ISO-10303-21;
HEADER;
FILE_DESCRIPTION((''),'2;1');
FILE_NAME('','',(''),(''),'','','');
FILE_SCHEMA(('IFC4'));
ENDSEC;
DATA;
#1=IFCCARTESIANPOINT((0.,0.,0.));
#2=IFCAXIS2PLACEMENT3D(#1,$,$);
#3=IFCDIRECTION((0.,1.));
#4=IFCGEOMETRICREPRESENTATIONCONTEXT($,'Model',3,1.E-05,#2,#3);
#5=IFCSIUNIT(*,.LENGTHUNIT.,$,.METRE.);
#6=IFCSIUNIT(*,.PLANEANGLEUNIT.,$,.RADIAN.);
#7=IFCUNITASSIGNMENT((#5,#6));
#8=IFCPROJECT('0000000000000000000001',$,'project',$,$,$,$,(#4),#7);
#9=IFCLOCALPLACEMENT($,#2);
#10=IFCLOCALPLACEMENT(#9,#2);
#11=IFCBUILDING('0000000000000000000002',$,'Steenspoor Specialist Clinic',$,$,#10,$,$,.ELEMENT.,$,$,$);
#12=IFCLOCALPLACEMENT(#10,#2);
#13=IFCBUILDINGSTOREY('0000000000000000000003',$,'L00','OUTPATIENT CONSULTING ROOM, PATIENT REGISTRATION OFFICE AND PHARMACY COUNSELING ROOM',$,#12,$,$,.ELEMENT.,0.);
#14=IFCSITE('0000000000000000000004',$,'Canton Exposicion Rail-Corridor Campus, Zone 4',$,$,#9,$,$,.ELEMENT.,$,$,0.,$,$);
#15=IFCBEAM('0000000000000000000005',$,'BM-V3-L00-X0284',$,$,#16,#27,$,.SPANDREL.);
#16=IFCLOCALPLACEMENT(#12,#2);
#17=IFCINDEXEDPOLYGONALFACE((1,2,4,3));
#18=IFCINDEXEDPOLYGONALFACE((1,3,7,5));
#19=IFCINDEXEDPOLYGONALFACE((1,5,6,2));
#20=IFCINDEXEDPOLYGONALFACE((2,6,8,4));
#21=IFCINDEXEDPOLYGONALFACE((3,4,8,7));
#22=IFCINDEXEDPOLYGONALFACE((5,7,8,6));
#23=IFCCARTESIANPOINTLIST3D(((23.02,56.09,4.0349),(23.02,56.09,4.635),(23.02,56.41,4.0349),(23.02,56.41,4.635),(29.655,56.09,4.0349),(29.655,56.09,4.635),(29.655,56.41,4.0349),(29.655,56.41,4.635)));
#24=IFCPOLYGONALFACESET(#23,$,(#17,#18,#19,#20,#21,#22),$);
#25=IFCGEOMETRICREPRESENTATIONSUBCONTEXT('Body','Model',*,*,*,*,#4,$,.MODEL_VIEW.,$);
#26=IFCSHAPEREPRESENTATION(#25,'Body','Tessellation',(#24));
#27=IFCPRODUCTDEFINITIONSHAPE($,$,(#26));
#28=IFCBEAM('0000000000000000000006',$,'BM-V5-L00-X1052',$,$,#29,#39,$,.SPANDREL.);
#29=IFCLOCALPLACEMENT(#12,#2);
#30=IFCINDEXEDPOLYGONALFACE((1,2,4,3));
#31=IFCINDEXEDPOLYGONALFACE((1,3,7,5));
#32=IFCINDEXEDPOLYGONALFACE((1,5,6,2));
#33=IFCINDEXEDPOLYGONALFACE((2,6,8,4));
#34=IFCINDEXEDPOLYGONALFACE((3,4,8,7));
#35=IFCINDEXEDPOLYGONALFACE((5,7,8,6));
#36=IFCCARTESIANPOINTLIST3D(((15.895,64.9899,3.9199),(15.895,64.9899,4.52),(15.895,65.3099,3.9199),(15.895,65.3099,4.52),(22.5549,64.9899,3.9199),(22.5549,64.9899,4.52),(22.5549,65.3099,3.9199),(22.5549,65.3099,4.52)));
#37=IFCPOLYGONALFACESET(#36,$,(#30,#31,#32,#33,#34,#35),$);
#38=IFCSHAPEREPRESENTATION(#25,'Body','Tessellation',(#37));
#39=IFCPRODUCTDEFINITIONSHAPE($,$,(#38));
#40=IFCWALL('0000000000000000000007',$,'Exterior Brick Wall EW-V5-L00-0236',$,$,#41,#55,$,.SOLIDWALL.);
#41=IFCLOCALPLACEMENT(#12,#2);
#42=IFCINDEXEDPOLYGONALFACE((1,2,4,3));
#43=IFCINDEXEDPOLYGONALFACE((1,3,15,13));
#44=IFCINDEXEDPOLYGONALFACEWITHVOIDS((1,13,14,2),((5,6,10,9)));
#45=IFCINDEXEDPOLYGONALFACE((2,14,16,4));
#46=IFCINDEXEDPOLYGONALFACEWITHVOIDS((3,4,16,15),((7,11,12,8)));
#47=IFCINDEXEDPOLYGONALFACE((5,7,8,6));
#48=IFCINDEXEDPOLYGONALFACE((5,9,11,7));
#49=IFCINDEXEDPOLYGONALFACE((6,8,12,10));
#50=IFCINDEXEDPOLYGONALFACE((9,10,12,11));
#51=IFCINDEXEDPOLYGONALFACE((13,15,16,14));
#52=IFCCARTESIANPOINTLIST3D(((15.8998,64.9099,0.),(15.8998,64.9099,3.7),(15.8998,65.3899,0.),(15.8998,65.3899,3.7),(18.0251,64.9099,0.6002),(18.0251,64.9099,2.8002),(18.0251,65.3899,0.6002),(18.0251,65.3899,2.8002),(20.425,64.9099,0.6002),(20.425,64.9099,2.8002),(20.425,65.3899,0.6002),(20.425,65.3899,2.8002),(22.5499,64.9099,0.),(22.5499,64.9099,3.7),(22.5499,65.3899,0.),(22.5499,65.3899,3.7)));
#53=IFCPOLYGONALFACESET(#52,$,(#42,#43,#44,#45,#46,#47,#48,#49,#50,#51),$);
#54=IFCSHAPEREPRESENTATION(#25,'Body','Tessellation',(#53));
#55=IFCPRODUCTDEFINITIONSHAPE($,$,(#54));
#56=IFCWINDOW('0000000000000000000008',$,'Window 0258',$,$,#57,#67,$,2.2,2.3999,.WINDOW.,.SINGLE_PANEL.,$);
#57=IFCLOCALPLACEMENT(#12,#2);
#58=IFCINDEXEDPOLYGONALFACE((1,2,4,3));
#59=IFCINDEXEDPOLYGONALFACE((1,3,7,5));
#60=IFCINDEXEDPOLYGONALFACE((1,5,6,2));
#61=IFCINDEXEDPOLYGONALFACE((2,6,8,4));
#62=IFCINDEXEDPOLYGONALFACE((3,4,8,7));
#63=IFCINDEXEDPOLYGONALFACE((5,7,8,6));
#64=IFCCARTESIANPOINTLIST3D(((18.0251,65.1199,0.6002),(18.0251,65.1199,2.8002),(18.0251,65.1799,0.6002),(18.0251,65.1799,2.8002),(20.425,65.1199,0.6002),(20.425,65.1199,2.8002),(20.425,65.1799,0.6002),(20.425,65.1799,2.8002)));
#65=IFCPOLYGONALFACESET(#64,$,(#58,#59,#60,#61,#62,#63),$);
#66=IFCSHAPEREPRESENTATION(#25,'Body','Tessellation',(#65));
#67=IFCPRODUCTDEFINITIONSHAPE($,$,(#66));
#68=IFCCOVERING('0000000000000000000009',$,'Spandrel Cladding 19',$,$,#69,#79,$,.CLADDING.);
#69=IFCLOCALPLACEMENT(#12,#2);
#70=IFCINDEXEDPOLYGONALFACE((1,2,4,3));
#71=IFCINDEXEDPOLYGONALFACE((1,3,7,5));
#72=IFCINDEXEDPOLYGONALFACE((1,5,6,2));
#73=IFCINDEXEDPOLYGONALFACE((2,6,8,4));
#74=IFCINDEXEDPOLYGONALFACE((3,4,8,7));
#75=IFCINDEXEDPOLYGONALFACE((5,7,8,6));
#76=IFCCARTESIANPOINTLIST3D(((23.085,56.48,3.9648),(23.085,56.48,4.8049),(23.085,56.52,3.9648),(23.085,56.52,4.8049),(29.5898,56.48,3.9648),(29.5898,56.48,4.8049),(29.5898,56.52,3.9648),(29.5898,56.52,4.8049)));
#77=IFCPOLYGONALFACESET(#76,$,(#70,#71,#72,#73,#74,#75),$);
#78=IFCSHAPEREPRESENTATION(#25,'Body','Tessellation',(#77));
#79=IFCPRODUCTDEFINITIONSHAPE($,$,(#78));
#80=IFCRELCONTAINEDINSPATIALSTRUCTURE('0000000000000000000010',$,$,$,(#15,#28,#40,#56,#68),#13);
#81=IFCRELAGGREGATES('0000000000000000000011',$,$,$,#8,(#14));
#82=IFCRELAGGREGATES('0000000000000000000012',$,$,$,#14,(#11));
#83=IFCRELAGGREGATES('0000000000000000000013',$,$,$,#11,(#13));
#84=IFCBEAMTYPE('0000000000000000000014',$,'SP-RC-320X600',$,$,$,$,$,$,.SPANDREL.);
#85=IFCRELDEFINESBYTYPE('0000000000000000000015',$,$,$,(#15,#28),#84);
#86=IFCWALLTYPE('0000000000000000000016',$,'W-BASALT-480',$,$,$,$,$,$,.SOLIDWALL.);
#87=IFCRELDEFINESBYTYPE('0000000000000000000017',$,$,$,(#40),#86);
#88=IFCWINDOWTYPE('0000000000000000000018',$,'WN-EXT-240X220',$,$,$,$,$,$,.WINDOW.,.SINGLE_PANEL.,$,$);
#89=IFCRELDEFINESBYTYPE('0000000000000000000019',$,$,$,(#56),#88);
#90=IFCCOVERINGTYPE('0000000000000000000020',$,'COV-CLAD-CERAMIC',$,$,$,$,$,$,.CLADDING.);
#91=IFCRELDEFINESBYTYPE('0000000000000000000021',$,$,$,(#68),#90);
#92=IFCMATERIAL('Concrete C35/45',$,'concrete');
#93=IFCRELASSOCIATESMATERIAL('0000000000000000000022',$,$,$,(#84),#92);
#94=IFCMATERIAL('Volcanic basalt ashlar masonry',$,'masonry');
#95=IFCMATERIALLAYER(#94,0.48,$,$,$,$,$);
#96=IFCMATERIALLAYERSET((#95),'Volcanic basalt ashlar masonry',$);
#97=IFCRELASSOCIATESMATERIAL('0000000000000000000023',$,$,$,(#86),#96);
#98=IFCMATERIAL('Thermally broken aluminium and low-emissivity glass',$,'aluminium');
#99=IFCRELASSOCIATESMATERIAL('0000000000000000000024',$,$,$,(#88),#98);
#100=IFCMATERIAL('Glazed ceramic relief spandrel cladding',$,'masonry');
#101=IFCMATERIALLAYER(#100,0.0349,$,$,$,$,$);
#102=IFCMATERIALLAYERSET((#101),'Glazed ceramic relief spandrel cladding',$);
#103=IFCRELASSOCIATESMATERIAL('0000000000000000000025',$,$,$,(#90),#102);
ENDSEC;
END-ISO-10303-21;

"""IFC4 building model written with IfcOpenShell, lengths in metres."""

from ifc_helpers import new_model, si_unit, direction, frame, frame_2d, origin, origin_2d, place, context, subcontext, project, spatial, rectangle, extrude, material, layer, layer_set, material_profile, profile_set, type_object, element, fill, save


model = new_model("IFC4")

# Units and contexts
model_context = context("Model", 3, precision=1e-05, world=origin(), true_north=direction((0.0, 1.0)))
body_context = subcontext(model_context, "Body", "Model", "MODEL_VIEW")
ifc_project = project(units=[si_unit("LENGTHUNIT", "METRE"), si_unit("PLANEANGLEUNIT", "RADIAN")], contexts=[model_context])

# Site, building, storey
site_placement = place(None, origin())
site = spatial("IfcSite", under=ifc_project, at=site_placement, Name="Canton Exposicion Rail-Corridor Campus, Zone 4", CompositionType="ELEMENT", RefElevation=0.0)
building_placement = place(site_placement, origin())
building = spatial("IfcBuilding", under=site, at=building_placement, Name="Steenspoor Specialist Clinic", CompositionType="ELEMENT")
storey_placement = place(building_placement, origin())
storey = spatial("IfcBuildingStorey", under=building, at=storey_placement, Name="L00", Description="OUTPATIENT CONSULTING ROOM, PATIENT REGISTRATION OFFICE AND PHARMACY COUNSELING ROOM", CompositionType="ELEMENT", Elevation=0.0)

# Shared definitions
ifc_material_1 = material(Name="Concrete C35/45", Category="concrete")

# Beams
ifc_material_profile_1 = material_profile(ifc_material_1, rectangle(XDim=0.3201, YDim=0.6001, at=origin_2d()), Name="RC-SP-320X600")
ifc_profile_set_1 = profile_set([ifc_material_profile_1], Name="Concrete C35/45")
beam_type_1 = type_object("IfcBeamType", Name="SP-RC-320X600", PredefinedType="SPANDREL", material=ifc_profile_set_1)
beam_1_placement = place(storey_placement, frame((23.02, 56.25, 4.335), z_axis=(1.0, 0.0, 0.0), x_axis=(0.0, 1.0, 0.0)))
element("IfcBeam", 1, at=beam_1_placement, inside=storey, type_object=beam_type_1, Name="BM-V3-L00-X0284", PredefinedType="SPANDREL", context=body_context, shape_type="SweptSolid", body=[
    extrude(rectangle(XDim=0.3201, YDim=0.6001, at=origin_2d()), origin(), (0.0, 0.0, 1.0), 6.635),
])
beam_2_placement = place(storey_placement, frame((15.895, 65.1499, 4.22), z_axis=(1.0, 0.0, 0.0), x_axis=(0.0, 1.0, 0.0)))
element("IfcBeam", 2, at=beam_2_placement, inside=storey, type_object=beam_type_1, Name="BM-V5-L00-X1052", PredefinedType="SPANDREL", context=body_context, shape_type="SweptSolid", body=[
    extrude(rectangle(XDim=0.3201, YDim=0.6001, at=origin_2d()), origin(), (0.0, 0.0, 1.0), 6.6599),
])

# Shared definitions
ifc_material_2 = material(Name="Volcanic basalt ashlar masonry", Category="masonry")
ifc_layer_1 = layer(ifc_material_2, 0.48)
ifc_layer_set_1 = layer_set([ifc_layer_1], Name="Volcanic basalt ashlar masonry")
wall_type = type_object("IfcWallType", Name="W-BASALT-480", PredefinedType="SOLIDWALL", material=ifc_layer_set_1)

# Wall, opening, window
wall_1_placement = place(storey_placement, frame((22.55, 65.1499, 0.0), z_axis=(0.0, 0.0, 1.0), x_axis=(-1.0, 0.0, 0.0)))
wall_1 = element("IfcWall", 3, at=wall_1_placement, inside=storey, type_object=wall_type, Name="Exterior Brick Wall EW-V5-L00-0236", PredefinedType="SOLIDWALL", context=body_context, shape_type="SweptSolid", body=[
    extrude(rectangle(XDim=6.6501, YDim=0.48, at=frame_2d((3.3252, 0.0))), origin(), (0.0, 0.0, 1.0), 3.7),
])
opening_1_placement = place(wall_1_placement, frame((2.125, 0.0, 0.6001)))
opening_1 = element("IfcOpeningElement", 4, at=opening_1_placement, cuts=wall_1, PredefinedType="OPENING", context=body_context, shape_type="SweptSolid", body=[
    extrude(rectangle(XDim=2.3999, YDim=2.2, at=frame_2d((1.2, 1.1001))), frame((0.0, 0.25, 0.0), z_axis=(0.0, -1.0, 0.0), x_axis=(1.0, 0.0, 0.0)), (0.0, 0.0, 1.0), 0.5),
])
ifc_material_3 = material(Name="Thermally broken aluminium and low-emissivity glass", Category="aluminium")
window_type = type_object("IfcWindowType", Name="WN-EXT-240X220", PartitioningType="SINGLE_PANEL", PredefinedType="WINDOW", material=ifc_material_3)
window_placement = place(opening_1_placement, origin())
window = element("IfcWindow", 5, at=window_placement, inside=storey, type_object=window_type, Name="Window 0258", OverallHeight=2.2, OverallWidth=2.3999, PartitioningType="SINGLE_PANEL", PredefinedType="WINDOW", context=body_context, shape_type="SweptSolid", body=[
    extrude(rectangle(XDim=2.3999, YDim=2.2, at=frame_2d((1.2, 1.1001))), frame((0.0, 0.03, 0.0), z_axis=(0.0, -1.0, 0.0), x_axis=(1.0, 0.0, 0.0)), (0.0, 0.0, 1.0), 0.0601),
])
fill(opening_1, window)

# Covering
ifc_material_4 = material(Name="Glazed ceramic relief spandrel cladding", Category="masonry")
ifc_layer_2 = layer(ifc_material_4, 0.0349)
ifc_layer_set_2 = layer_set([ifc_layer_2], Name="Glazed ceramic relief spandrel cladding")
covering_type = type_object("IfcCoveringType", Name="COV-CLAD-CERAMIC", PredefinedType="CLADDING", material=ifc_layer_set_2)
covering_placement = place(storey_placement, frame((26.3374, 56.5, 3.9648), z_axis=(0.0, 0.0, 1.0), x_axis=(1.0, 0.0, 0.0)))
element("IfcCovering", 6, at=covering_placement, inside=storey, type_object=covering_type, Name="Spandrel Cladding 19", PredefinedType="CLADDING", context=body_context, shape_type="SweptSolid", body=[
    extrude(rectangle(XDim=6.5049, YDim=0.04, at=origin_2d()), origin(), (0.0, 0.0, 1.0), 0.8401),
])

save(model, "model.ifc")
